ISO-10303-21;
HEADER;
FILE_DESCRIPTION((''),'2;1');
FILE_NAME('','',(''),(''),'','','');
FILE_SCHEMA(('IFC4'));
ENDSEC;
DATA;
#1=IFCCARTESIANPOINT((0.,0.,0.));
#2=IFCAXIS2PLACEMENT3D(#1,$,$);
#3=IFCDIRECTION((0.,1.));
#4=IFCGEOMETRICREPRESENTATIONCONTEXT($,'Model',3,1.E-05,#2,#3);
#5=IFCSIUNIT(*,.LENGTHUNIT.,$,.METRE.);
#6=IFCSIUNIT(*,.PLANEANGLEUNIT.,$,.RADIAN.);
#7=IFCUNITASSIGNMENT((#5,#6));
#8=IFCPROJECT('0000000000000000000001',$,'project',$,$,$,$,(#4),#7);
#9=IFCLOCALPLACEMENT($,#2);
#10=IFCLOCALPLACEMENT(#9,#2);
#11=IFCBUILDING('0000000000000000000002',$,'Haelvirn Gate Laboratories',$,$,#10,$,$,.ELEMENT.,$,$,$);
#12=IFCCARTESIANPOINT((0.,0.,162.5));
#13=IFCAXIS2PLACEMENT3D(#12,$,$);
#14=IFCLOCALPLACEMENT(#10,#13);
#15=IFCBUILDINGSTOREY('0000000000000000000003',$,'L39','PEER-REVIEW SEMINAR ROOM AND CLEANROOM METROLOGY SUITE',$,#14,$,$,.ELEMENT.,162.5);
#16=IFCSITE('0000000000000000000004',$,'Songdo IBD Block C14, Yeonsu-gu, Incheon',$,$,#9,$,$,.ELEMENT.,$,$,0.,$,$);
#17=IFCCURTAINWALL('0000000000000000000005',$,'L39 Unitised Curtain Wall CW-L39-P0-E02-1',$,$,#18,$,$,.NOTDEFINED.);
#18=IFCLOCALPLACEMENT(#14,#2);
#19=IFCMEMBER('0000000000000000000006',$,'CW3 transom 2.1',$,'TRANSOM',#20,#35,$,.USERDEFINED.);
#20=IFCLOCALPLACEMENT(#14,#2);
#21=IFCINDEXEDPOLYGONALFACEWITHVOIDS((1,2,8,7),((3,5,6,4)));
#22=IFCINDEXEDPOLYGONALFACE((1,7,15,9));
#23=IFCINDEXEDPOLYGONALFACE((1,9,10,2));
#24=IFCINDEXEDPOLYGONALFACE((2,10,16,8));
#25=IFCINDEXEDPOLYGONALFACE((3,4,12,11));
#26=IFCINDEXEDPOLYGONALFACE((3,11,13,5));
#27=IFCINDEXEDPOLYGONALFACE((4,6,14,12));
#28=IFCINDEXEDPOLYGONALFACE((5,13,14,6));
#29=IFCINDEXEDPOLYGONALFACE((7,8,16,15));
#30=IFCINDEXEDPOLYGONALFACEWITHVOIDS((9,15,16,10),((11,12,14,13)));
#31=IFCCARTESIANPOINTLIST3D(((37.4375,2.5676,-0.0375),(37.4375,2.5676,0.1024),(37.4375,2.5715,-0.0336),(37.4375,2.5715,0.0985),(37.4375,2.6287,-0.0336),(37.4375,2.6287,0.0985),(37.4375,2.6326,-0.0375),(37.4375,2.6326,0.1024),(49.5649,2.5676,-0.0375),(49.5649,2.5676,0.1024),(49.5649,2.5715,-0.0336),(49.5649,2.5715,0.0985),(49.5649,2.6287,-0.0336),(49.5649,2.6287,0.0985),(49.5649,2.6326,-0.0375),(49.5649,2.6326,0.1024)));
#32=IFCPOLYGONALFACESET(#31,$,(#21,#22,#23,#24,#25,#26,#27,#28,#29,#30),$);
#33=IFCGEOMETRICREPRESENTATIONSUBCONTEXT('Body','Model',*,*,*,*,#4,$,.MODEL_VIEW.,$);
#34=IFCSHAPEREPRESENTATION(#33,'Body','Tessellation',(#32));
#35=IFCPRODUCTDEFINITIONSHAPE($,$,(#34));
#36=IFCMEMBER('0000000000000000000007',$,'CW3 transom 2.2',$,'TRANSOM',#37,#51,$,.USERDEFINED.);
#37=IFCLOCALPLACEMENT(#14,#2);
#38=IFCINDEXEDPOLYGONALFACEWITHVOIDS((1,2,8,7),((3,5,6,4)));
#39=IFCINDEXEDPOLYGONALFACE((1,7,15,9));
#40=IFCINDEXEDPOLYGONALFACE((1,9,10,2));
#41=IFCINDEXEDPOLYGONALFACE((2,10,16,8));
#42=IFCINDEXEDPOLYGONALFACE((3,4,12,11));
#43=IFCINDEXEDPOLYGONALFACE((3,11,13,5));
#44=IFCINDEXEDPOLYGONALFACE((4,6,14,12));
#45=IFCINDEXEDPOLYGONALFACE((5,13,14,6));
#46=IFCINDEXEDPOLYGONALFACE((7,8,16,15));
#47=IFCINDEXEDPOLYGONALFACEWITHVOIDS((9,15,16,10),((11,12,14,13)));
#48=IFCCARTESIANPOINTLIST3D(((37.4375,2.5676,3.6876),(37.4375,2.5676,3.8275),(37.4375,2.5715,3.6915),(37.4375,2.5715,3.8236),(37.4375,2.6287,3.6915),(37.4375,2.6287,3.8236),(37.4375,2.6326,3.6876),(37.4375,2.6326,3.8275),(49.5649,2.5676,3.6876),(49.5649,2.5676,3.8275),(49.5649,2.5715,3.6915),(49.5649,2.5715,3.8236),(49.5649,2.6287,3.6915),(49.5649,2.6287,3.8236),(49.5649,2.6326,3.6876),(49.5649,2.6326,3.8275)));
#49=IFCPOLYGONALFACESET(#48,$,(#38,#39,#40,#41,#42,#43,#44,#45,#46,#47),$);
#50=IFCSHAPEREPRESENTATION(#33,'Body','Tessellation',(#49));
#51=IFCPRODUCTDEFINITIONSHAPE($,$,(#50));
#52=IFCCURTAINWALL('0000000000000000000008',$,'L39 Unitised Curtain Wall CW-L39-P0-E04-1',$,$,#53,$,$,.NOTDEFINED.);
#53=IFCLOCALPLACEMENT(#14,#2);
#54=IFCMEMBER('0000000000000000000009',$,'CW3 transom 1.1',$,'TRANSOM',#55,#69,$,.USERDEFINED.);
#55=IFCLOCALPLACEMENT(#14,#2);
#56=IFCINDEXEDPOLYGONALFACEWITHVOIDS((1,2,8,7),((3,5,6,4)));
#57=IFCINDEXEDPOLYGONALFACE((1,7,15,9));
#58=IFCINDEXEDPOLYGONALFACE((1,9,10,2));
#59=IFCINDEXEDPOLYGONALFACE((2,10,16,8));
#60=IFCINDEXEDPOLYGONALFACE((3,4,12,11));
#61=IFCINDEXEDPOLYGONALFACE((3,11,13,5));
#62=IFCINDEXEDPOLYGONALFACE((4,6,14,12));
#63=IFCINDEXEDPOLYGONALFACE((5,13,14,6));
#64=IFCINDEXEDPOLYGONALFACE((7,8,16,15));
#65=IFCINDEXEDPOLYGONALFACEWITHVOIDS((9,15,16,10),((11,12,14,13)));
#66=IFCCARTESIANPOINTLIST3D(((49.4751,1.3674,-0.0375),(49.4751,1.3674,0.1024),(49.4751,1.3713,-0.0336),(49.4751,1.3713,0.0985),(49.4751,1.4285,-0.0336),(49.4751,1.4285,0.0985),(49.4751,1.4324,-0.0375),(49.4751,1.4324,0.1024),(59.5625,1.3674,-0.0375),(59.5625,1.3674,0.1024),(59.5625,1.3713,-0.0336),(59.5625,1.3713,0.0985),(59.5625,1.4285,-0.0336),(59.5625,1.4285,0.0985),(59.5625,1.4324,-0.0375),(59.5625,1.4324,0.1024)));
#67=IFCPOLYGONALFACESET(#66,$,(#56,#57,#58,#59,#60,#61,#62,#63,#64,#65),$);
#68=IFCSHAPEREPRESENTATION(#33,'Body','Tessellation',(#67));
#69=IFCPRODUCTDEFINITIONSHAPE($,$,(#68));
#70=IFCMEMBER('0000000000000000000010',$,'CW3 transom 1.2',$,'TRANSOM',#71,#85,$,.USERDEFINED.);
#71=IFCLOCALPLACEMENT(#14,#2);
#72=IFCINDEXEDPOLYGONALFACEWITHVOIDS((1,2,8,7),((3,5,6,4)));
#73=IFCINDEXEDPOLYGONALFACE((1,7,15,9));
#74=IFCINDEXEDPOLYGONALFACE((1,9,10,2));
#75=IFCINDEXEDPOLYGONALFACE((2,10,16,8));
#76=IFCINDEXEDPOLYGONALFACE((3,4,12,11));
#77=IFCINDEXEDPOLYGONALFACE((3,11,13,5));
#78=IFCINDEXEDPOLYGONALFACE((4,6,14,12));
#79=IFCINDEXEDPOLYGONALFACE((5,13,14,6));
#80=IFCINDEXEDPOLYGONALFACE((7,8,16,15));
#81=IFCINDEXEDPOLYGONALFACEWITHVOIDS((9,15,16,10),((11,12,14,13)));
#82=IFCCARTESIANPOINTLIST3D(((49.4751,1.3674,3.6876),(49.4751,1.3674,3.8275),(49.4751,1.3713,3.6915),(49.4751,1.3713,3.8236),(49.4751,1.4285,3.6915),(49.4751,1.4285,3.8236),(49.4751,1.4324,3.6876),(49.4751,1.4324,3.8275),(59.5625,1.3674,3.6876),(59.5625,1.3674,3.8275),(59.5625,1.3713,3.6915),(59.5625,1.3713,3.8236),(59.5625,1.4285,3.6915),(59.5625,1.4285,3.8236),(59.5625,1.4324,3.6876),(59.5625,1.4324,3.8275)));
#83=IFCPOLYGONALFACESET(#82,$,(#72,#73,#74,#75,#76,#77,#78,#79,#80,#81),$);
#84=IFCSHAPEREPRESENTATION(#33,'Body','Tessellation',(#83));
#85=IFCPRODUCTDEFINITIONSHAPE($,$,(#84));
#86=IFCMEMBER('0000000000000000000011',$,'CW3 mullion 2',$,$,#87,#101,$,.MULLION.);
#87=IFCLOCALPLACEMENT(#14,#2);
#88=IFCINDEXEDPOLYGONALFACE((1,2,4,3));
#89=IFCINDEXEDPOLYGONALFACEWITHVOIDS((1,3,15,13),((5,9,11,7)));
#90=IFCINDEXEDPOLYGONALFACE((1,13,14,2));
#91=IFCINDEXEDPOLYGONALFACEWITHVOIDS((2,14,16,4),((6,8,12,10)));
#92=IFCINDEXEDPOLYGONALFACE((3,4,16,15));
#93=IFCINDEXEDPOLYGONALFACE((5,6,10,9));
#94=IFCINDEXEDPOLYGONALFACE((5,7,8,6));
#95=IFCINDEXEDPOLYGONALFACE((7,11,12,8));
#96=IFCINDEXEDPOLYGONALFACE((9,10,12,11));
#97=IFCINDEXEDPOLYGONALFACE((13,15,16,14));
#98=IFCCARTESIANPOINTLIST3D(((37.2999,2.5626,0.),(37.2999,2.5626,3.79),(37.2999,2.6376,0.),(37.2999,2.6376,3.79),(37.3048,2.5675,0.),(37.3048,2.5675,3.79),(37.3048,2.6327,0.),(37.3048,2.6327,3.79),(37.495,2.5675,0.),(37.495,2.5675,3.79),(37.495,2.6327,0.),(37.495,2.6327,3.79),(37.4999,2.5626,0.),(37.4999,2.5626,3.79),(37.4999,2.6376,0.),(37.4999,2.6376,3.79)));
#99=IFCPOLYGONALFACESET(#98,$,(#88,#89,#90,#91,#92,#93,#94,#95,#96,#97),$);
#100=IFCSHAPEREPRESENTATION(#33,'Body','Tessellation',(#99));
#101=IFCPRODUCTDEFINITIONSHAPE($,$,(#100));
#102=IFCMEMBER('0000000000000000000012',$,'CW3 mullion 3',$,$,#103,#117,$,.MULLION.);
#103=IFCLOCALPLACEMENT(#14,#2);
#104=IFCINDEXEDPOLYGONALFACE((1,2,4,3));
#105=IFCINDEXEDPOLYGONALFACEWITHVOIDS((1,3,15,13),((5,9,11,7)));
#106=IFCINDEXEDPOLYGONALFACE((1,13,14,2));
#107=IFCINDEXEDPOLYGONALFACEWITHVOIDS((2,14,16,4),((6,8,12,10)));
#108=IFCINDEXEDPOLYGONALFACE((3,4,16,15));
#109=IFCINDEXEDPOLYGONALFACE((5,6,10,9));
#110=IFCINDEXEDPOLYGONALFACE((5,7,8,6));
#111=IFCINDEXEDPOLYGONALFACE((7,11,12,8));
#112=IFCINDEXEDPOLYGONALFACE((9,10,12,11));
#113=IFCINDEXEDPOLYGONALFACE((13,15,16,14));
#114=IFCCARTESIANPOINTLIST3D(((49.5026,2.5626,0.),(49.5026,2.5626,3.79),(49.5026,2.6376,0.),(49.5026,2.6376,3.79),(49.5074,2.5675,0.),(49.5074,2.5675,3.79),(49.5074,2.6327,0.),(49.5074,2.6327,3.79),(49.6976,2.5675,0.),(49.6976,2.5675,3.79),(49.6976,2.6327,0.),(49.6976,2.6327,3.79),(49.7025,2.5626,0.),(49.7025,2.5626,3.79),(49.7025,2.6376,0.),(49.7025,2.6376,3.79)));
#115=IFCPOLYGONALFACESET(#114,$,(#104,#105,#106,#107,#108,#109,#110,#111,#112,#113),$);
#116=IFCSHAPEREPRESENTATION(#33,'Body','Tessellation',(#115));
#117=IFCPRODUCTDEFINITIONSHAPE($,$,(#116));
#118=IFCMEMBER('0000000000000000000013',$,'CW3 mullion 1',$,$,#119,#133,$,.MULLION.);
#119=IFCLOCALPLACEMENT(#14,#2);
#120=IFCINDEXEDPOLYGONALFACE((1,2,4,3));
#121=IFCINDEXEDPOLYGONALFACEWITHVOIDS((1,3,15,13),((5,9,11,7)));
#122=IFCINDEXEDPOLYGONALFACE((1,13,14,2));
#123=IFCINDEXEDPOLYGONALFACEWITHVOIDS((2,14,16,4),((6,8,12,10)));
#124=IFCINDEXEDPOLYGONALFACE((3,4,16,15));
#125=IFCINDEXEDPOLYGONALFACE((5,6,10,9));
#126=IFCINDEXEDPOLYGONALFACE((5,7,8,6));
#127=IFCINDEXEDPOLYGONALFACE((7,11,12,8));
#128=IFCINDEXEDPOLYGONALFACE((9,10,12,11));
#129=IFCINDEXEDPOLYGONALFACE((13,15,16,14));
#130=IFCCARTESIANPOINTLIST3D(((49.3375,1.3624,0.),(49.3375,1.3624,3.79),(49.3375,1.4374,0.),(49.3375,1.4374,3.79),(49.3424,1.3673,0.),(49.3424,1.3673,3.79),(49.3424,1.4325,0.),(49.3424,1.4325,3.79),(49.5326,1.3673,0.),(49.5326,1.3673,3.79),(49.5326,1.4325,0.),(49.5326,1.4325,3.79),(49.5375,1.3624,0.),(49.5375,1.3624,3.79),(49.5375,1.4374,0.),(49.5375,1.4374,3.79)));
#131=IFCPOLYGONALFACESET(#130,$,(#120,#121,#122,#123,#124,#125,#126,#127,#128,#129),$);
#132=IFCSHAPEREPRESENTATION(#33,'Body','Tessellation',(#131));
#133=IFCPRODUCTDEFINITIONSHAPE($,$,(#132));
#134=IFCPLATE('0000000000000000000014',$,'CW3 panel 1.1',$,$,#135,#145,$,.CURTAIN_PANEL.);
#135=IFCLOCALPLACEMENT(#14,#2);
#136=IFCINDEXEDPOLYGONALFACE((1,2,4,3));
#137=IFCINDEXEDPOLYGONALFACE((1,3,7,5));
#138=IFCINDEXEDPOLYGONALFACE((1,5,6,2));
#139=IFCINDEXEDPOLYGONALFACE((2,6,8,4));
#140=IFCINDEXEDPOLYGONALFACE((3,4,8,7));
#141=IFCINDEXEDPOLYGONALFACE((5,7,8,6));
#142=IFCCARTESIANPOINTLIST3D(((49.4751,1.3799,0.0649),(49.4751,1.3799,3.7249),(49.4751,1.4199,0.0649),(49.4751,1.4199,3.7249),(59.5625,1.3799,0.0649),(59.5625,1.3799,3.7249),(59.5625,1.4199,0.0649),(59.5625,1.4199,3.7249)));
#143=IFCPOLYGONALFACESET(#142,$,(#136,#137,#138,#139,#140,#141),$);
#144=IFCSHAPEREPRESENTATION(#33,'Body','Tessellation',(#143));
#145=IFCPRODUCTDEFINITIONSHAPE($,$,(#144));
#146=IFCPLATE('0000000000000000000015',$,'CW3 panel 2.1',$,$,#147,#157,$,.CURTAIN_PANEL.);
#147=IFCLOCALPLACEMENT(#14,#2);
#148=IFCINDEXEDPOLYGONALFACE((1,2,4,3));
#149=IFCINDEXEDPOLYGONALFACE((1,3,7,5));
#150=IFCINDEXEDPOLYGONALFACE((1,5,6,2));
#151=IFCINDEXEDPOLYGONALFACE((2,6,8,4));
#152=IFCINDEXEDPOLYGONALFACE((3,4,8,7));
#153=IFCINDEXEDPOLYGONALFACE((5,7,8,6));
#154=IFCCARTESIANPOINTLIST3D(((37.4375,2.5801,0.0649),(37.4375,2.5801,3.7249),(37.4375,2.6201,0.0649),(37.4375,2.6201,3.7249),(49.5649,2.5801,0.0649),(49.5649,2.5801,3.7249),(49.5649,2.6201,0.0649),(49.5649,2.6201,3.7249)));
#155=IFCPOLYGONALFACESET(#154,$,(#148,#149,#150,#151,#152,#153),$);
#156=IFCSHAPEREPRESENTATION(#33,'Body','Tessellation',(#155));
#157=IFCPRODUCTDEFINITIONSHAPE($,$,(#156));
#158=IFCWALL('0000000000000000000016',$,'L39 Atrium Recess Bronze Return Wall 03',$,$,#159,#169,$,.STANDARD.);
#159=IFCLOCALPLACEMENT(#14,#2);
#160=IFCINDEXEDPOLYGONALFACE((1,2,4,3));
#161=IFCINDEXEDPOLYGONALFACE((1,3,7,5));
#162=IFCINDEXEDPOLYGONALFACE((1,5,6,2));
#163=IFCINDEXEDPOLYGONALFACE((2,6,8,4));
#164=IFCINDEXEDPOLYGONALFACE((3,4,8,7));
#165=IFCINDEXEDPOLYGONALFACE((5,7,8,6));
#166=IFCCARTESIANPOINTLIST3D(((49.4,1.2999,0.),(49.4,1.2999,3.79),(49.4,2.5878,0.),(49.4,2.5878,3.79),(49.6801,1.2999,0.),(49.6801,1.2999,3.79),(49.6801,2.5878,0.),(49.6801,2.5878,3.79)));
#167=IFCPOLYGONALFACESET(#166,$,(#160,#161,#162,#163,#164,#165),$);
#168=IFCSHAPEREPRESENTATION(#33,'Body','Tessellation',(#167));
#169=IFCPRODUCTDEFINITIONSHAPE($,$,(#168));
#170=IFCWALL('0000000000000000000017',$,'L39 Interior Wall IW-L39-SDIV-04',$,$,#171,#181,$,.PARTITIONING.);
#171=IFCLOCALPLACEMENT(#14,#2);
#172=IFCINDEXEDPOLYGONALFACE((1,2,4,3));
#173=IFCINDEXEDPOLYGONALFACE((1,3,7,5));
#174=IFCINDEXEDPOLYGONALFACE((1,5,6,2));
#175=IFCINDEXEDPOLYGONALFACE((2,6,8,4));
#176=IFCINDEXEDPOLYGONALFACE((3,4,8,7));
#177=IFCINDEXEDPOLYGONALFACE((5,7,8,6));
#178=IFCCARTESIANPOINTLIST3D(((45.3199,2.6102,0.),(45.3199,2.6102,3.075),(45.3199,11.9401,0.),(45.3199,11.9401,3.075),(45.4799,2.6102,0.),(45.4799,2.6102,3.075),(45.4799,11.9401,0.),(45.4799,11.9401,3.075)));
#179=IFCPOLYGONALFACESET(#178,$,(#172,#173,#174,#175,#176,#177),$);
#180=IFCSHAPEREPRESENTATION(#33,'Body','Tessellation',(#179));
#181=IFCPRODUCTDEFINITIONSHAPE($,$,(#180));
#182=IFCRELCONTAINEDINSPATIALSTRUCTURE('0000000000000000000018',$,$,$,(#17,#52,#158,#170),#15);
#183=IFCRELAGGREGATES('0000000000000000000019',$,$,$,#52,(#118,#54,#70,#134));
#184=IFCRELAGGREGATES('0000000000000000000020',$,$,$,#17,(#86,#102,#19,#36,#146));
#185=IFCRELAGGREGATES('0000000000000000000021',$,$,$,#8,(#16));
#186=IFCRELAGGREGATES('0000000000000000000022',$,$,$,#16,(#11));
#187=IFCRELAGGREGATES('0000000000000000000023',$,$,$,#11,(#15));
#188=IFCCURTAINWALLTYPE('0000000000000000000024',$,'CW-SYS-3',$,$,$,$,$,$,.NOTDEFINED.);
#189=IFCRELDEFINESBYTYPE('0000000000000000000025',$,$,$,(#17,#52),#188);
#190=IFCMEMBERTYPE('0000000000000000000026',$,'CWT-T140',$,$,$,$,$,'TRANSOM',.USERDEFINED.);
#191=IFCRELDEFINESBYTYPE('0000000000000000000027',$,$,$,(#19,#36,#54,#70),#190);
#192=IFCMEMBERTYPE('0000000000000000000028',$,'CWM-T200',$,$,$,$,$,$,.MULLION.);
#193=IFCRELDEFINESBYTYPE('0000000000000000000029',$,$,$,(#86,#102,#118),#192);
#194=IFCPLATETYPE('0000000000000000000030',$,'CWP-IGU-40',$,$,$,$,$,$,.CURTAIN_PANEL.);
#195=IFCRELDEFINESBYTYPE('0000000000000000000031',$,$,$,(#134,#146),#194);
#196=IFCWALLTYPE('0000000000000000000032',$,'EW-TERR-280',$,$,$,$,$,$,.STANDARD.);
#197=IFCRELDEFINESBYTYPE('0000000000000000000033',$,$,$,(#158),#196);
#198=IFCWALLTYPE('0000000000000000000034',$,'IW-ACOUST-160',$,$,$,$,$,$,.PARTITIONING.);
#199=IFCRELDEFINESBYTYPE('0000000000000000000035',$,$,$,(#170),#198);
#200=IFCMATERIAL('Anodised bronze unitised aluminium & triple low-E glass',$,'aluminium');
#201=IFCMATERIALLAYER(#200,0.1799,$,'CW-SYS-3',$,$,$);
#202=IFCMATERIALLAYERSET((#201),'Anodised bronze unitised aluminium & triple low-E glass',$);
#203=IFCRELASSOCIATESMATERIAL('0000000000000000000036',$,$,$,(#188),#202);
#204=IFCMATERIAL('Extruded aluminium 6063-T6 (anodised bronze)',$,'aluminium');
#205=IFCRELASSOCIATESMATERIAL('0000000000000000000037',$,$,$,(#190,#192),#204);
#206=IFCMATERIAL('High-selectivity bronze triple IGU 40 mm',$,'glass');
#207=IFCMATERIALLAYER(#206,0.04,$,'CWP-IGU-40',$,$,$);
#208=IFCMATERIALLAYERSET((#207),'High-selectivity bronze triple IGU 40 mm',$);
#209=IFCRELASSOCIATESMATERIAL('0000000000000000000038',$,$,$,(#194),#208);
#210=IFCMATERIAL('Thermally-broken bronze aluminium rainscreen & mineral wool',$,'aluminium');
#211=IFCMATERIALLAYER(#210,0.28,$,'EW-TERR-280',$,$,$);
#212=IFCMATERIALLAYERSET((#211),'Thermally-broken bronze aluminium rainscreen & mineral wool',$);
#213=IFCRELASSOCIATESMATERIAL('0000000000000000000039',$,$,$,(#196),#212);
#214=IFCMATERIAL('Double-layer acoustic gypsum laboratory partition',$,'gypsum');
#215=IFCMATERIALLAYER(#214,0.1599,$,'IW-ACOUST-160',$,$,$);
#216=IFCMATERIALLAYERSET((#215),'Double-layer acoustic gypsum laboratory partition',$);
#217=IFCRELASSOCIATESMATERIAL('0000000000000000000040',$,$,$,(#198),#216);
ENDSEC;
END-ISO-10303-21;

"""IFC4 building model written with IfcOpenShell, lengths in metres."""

from ifc_helpers import new_model, si_unit, direction, frame, frame_2d, origin, origin_2d, place, context, subcontext, project, spatial, rectangle, hollow_rectangle, extrude, source, transform, mapped, material, layer, layer_set, material_profile, profile_set, type_object, type_shapes, element, aggregate, save


model = new_model("IFC4")

# Units and contexts
model_context = context("Model", 3, precision=1e-05, world=origin(), true_north=direction((0.0, 1.0)))
body_context = subcontext(model_context, "Body", "Model", "MODEL_VIEW")
ifc_project = project(units=[si_unit("LENGTHUNIT", "METRE"), si_unit("PLANEANGLEUNIT", "RADIAN")], contexts=[model_context])

# Site, building, storey
site_placement = place(None, origin())
site = spatial("IfcSite", under=ifc_project, at=site_placement, Name="Songdo IBD Block C14, Yeonsu-gu, Incheon", CompositionType="ELEMENT", RefElevation=0.0)
building_placement = place(site_placement, origin())
building = spatial("IfcBuilding", under=site, at=building_placement, Name="Haelvirn Gate Laboratories", CompositionType="ELEMENT")
storey_placement = place(building_placement, frame((0.0, 0.0, 162.5)))
storey = spatial("IfcBuildingStorey", under=building, at=storey_placement, Name="L39", Description="PEER-REVIEW SEMINAR ROOM AND CLEANROOM METROLOGY SUITE", CompositionType="ELEMENT", Elevation=162.5)

# Curtain walls, members
ifc_material_1 = material(Name="Anodised bronze unitised aluminium & triple low-E glass", Category="aluminium")
ifc_layer_1 = layer(ifc_material_1, 0.1799, Name="CW-SYS-3")
ifc_layer_set_1 = layer_set([ifc_layer_1], Name="Anodised bronze unitised aluminium & triple low-E glass")
curtain_wall_type = type_object("IfcCurtainWallType", Name="CW-SYS-3", PredefinedType="NOTDEFINED", material=ifc_layer_set_1)
curtain_wall_1_placement = place(storey_placement, origin())
curtain_wall_1 = element("IfcCurtainWall", 1, at=curtain_wall_1_placement, inside=storey, type_object=curtain_wall_type, Name="L39 Unitised Curtain Wall CW-L39-P0-E02-1", PredefinedType="NOTDEFINED")
ifc_material_2 = material(Name="Extruded aluminium 6063-T6 (anodised bronze)", Category="aluminium")
ifc_material_profile_1 = material_profile(ifc_material_2, hollow_rectangle(XDim=0.0649, YDim=0.1399, WallThickness=0.0039, at=origin_2d()), Name="CWT-140x65x4")
ifc_profile_set_1 = profile_set([ifc_material_profile_1], Name="Extruded aluminium 6063-T6 (anodised bronze)")
member_type_1 = type_object("IfcMemberType", Name="CWT-T140", ElementType="TRANSOM", PredefinedType="USERDEFINED", material=ifc_profile_set_1)
shared_shape_1 = source(origin(), body_context, "Body", "SweptSolid", [
    extrude(hollow_rectangle(XDim=0.0649, YDim=0.1399, WallThickness=0.0039, at=origin_2d()), origin(), (0.0, 0.0, 1.0), 12.1274),
])
member_1_placement = place(storey_placement, frame((37.4375, 2.6001, 0.0325), z_axis=(1.0, 0.0, 0.0), x_axis=(0.0, 1.0, 0.0)))
member_1 = element("IfcMember", 2, at=member_1_placement, type_object=member_type_1, Name="CW3 transom 2.1", ObjectType="TRANSOM", PredefinedType="USERDEFINED", context=body_context, shape_type="MappedRepresentation", body=[
    mapped(shared_shape_1, transform((0.0, 0.0, 0.0), scale=1.0)),
])
member_2_placement = place(storey_placement, frame((37.4375, 2.6001, 3.7576), z_axis=(1.0, 0.0, 0.0), x_axis=(0.0, 1.0, 0.0)))
member_2 = element("IfcMember", 3, at=member_2_placement, type_object=member_type_1, Name="CW3 transom 2.2", ObjectType="TRANSOM", PredefinedType="USERDEFINED", context=body_context, shape_type="MappedRepresentation", body=[
    mapped(shared_shape_1, transform((0.0, 0.0, 0.0), scale=1.0)),
])
curtain_wall_2_placement = place(storey_placement, origin())
curtain_wall_2 = element("IfcCurtainWall", 4, at=curtain_wall_2_placement, inside=storey, type_object=curtain_wall_type, Name="L39 Unitised Curtain Wall CW-L39-P0-E04-1", PredefinedType="NOTDEFINED")
shared_shape_2 = source(origin(), body_context, "Body", "SweptSolid", [
    extrude(hollow_rectangle(XDim=0.0649, YDim=0.1399, WallThickness=0.0039, at=origin_2d()), origin(), (0.0, 0.0, 1.0), 10.0874),
])
type_shapes(member_type_1, [shared_shape_1, shared_shape_2])
member_3_placement = place(storey_placement, frame((49.4751, 1.3999, 0.0325), z_axis=(1.0, 0.0, 0.0), x_axis=(0.0, 1.0, 0.0)))
member_3 = element("IfcMember", 5, at=member_3_placement, type_object=member_type_1, Name="CW3 transom 1.1", ObjectType="TRANSOM", PredefinedType="USERDEFINED", context=body_context, shape_type="MappedRepresentation", body=[
    mapped(shared_shape_2, transform((0.0, 0.0, 0.0), scale=1.0)),
])
member_4_placement = place(storey_placement, frame((49.4751, 1.3999, 3.7576), z_axis=(1.0, 0.0, 0.0), x_axis=(0.0, 1.0, 0.0)))
member_4 = element("IfcMember", 6, at=member_4_placement, type_object=member_type_1, Name="CW3 transom 1.2", ObjectType="TRANSOM", PredefinedType="USERDEFINED", context=body_context, shape_type="MappedRepresentation", body=[
    mapped(shared_shape_2, transform((0.0, 0.0, 0.0), scale=1.0)),
])

# Members
ifc_material_profile_2 = material_profile(ifc_material_2, hollow_rectangle(XDim=0.075, YDim=0.2, WallThickness=0.0049, at=origin_2d()), Name="CWM-200x75x5")
ifc_profile_set_2 = profile_set([ifc_material_profile_2], Name="Extruded aluminium 6063-T6 (anodised bronze)")
member_type_2 = type_object("IfcMemberType", Name="CWM-T200", PredefinedType="MULLION", material=ifc_profile_set_2)
shared_shape_3 = source(origin(), body_context, "Body", "SweptSolid", [
    extrude(hollow_rectangle(XDim=0.075, YDim=0.2, WallThickness=0.0049, at=origin_2d()), origin(), (0.0, 0.0, 1.0), 3.79),
])
type_shapes(member_type_2, [shared_shape_3])
member_5_placement = place(storey_placement, frame((37.3999, 2.6001, 0.0), z_axis=(0.0, 0.0, 1.0), x_axis=(0.0, 1.0, 0.0)))
member_5 = element("IfcMember", 7, at=member_5_placement, type_object=member_type_2, Name="CW3 mullion 2", PredefinedType="MULLION", context=body_context, shape_type="MappedRepresentation", body=[
    mapped(shared_shape_3, transform((0.0, 0.0, 0.0), scale=1.0)),
])
member_6_placement = place(storey_placement, frame((49.6025, 2.6001, 0.0), z_axis=(0.0, 0.0, 1.0), x_axis=(0.0, 1.0, 0.0)))
member_6 = element("IfcMember", 8, at=member_6_placement, type_object=member_type_2, Name="CW3 mullion 3", PredefinedType="MULLION", context=body_context, shape_type="MappedRepresentation", body=[
    mapped(shared_shape_3, transform((0.0, 0.0, 0.0), scale=1.0)),
])
member_7_placement = place(storey_placement, frame((49.4375, 1.3999, 0.0), z_axis=(0.0, 0.0, 1.0), x_axis=(0.0, 1.0, 0.0)))
member_7 = element("IfcMember", 9, at=member_7_placement, type_object=member_type_2, Name="CW3 mullion 1", PredefinedType="MULLION", context=body_context, shape_type="MappedRepresentation", body=[
    mapped(shared_shape_3, transform((0.0, 0.0, 0.0), scale=1.0)),
])

# Plates
ifc_material_3 = material(Name="High-selectivity bronze triple IGU 40 mm", Category="glass")
ifc_layer_2 = layer(ifc_material_3, 0.04, Name="CWP-IGU-40")
ifc_layer_set_2 = layer_set([ifc_layer_2], Name="High-selectivity bronze triple IGU 40 mm")
plate_type = type_object("IfcPlateType", Name="CWP-IGU-40", PredefinedType="CURTAIN_PANEL", material=ifc_layer_set_2)
shared_shape_4 = source(origin(), body_context, "Body", "SweptSolid", [
    extrude(rectangle(XDim=10.0874, YDim=0.04, at=origin_2d()), origin(), (0.0, 0.0, 1.0), 3.6599),
])
plate_1_placement = place(storey_placement, frame((54.5188, 1.3999, 0.0649), z_axis=(0.0, 0.0, 1.0), x_axis=(1.0, 0.0, 0.0)))
plate_1 = element("IfcPlate", 10, at=plate_1_placement, type_object=plate_type, Name="CW3 panel 1.1", PredefinedType="CURTAIN_PANEL", context=body_context, shape_type="MappedRepresentation", body=[
    mapped(shared_shape_4, transform((0.0, 0.0, 0.0), scale=1.0)),
])
aggregate(curtain_wall_2, [member_7, member_3, member_4, plate_1])
shared_shape_5 = source(origin(), body_context, "Body", "SweptSolid", [
    extrude(rectangle(XDim=12.1274, YDim=0.04, at=origin_2d()), origin(), (0.0, 0.0, 1.0), 3.6599),
])
type_shapes(plate_type, [shared_shape_4, shared_shape_5])
plate_2_placement = place(storey_placement, frame((43.5012, 2.6001, 0.0649), z_axis=(0.0, 0.0, 1.0), x_axis=(1.0, 0.0, 0.0)))
plate_2 = element("IfcPlate", 11, at=plate_2_placement, type_object=plate_type, Name="CW3 panel 2.1", PredefinedType="CURTAIN_PANEL", context=body_context, shape_type="MappedRepresentation", body=[
    mapped(shared_shape_5, transform((0.0, 0.0, 0.0), scale=1.0)),
])
aggregate(curtain_wall_1, [member_5, member_6, member_1, member_2, plate_2])

# Walls
ifc_material_4 = material(Name="Thermally-broken bronze aluminium rainscreen & mineral wool", Category="aluminium")
ifc_layer_3 = layer(ifc_material_4, 0.28, Name="EW-TERR-280")
ifc_layer_set_3 = layer_set([ifc_layer_3], Name="Thermally-broken bronze aluminium rainscreen & mineral wool")
wall_type_1 = type_object("IfcWallType", Name="EW-TERR-280", PredefinedType="STANDARD", material=ifc_layer_set_3)
wall_1_placement = place(storey_placement, frame((49.54, 2.5879, 0.0), z_axis=(0.0, 0.0, 1.0), x_axis=(0.0, -1.0, 0.0)))
element("IfcWall", 12, at=wall_1_placement, inside=storey, type_object=wall_type_1, Name="L39 Atrium Recess Bronze Return Wall 03", PredefinedType="STANDARD", context=body_context, shape_type="SweptSolid", body=[
    extrude(rectangle(XDim=1.2878, YDim=0.28, at=frame_2d((0.644, 0.0))), origin(), (0.0, 0.0, 1.0), 3.79),
])
ifc_material_5 = material(Name="Double-layer acoustic gypsum laboratory partition", Category="gypsum")
ifc_layer_4 = layer(ifc_material_5, 0.1599, Name="IW-ACOUST-160")
ifc_layer_set_4 = layer_set([ifc_layer_4], Name="Double-layer acoustic gypsum laboratory partition")
wall_type_2 = type_object("IfcWallType", Name="IW-ACOUST-160", PredefinedType="PARTITIONING", material=ifc_layer_set_4)
wall_2_placement = place(storey_placement, frame((45.3999, 2.6101, 0.0), z_axis=(0.0, 0.0, 1.0), x_axis=(0.0, 1.0, 0.0)))
element("IfcWall", 13, at=wall_2_placement, inside=storey, type_object=wall_type_2, Name="L39 Interior Wall IW-L39-SDIV-04", PredefinedType="PARTITIONING", context=body_context, shape_type="SweptSolid", body=[
    extrude(rectangle(XDim=9.3298, YDim=0.1599, at=frame_2d((4.665, 0.0))), origin(), (0.0, 0.0, 1.0), 3.075),
])

save(model, "model.ifc")
